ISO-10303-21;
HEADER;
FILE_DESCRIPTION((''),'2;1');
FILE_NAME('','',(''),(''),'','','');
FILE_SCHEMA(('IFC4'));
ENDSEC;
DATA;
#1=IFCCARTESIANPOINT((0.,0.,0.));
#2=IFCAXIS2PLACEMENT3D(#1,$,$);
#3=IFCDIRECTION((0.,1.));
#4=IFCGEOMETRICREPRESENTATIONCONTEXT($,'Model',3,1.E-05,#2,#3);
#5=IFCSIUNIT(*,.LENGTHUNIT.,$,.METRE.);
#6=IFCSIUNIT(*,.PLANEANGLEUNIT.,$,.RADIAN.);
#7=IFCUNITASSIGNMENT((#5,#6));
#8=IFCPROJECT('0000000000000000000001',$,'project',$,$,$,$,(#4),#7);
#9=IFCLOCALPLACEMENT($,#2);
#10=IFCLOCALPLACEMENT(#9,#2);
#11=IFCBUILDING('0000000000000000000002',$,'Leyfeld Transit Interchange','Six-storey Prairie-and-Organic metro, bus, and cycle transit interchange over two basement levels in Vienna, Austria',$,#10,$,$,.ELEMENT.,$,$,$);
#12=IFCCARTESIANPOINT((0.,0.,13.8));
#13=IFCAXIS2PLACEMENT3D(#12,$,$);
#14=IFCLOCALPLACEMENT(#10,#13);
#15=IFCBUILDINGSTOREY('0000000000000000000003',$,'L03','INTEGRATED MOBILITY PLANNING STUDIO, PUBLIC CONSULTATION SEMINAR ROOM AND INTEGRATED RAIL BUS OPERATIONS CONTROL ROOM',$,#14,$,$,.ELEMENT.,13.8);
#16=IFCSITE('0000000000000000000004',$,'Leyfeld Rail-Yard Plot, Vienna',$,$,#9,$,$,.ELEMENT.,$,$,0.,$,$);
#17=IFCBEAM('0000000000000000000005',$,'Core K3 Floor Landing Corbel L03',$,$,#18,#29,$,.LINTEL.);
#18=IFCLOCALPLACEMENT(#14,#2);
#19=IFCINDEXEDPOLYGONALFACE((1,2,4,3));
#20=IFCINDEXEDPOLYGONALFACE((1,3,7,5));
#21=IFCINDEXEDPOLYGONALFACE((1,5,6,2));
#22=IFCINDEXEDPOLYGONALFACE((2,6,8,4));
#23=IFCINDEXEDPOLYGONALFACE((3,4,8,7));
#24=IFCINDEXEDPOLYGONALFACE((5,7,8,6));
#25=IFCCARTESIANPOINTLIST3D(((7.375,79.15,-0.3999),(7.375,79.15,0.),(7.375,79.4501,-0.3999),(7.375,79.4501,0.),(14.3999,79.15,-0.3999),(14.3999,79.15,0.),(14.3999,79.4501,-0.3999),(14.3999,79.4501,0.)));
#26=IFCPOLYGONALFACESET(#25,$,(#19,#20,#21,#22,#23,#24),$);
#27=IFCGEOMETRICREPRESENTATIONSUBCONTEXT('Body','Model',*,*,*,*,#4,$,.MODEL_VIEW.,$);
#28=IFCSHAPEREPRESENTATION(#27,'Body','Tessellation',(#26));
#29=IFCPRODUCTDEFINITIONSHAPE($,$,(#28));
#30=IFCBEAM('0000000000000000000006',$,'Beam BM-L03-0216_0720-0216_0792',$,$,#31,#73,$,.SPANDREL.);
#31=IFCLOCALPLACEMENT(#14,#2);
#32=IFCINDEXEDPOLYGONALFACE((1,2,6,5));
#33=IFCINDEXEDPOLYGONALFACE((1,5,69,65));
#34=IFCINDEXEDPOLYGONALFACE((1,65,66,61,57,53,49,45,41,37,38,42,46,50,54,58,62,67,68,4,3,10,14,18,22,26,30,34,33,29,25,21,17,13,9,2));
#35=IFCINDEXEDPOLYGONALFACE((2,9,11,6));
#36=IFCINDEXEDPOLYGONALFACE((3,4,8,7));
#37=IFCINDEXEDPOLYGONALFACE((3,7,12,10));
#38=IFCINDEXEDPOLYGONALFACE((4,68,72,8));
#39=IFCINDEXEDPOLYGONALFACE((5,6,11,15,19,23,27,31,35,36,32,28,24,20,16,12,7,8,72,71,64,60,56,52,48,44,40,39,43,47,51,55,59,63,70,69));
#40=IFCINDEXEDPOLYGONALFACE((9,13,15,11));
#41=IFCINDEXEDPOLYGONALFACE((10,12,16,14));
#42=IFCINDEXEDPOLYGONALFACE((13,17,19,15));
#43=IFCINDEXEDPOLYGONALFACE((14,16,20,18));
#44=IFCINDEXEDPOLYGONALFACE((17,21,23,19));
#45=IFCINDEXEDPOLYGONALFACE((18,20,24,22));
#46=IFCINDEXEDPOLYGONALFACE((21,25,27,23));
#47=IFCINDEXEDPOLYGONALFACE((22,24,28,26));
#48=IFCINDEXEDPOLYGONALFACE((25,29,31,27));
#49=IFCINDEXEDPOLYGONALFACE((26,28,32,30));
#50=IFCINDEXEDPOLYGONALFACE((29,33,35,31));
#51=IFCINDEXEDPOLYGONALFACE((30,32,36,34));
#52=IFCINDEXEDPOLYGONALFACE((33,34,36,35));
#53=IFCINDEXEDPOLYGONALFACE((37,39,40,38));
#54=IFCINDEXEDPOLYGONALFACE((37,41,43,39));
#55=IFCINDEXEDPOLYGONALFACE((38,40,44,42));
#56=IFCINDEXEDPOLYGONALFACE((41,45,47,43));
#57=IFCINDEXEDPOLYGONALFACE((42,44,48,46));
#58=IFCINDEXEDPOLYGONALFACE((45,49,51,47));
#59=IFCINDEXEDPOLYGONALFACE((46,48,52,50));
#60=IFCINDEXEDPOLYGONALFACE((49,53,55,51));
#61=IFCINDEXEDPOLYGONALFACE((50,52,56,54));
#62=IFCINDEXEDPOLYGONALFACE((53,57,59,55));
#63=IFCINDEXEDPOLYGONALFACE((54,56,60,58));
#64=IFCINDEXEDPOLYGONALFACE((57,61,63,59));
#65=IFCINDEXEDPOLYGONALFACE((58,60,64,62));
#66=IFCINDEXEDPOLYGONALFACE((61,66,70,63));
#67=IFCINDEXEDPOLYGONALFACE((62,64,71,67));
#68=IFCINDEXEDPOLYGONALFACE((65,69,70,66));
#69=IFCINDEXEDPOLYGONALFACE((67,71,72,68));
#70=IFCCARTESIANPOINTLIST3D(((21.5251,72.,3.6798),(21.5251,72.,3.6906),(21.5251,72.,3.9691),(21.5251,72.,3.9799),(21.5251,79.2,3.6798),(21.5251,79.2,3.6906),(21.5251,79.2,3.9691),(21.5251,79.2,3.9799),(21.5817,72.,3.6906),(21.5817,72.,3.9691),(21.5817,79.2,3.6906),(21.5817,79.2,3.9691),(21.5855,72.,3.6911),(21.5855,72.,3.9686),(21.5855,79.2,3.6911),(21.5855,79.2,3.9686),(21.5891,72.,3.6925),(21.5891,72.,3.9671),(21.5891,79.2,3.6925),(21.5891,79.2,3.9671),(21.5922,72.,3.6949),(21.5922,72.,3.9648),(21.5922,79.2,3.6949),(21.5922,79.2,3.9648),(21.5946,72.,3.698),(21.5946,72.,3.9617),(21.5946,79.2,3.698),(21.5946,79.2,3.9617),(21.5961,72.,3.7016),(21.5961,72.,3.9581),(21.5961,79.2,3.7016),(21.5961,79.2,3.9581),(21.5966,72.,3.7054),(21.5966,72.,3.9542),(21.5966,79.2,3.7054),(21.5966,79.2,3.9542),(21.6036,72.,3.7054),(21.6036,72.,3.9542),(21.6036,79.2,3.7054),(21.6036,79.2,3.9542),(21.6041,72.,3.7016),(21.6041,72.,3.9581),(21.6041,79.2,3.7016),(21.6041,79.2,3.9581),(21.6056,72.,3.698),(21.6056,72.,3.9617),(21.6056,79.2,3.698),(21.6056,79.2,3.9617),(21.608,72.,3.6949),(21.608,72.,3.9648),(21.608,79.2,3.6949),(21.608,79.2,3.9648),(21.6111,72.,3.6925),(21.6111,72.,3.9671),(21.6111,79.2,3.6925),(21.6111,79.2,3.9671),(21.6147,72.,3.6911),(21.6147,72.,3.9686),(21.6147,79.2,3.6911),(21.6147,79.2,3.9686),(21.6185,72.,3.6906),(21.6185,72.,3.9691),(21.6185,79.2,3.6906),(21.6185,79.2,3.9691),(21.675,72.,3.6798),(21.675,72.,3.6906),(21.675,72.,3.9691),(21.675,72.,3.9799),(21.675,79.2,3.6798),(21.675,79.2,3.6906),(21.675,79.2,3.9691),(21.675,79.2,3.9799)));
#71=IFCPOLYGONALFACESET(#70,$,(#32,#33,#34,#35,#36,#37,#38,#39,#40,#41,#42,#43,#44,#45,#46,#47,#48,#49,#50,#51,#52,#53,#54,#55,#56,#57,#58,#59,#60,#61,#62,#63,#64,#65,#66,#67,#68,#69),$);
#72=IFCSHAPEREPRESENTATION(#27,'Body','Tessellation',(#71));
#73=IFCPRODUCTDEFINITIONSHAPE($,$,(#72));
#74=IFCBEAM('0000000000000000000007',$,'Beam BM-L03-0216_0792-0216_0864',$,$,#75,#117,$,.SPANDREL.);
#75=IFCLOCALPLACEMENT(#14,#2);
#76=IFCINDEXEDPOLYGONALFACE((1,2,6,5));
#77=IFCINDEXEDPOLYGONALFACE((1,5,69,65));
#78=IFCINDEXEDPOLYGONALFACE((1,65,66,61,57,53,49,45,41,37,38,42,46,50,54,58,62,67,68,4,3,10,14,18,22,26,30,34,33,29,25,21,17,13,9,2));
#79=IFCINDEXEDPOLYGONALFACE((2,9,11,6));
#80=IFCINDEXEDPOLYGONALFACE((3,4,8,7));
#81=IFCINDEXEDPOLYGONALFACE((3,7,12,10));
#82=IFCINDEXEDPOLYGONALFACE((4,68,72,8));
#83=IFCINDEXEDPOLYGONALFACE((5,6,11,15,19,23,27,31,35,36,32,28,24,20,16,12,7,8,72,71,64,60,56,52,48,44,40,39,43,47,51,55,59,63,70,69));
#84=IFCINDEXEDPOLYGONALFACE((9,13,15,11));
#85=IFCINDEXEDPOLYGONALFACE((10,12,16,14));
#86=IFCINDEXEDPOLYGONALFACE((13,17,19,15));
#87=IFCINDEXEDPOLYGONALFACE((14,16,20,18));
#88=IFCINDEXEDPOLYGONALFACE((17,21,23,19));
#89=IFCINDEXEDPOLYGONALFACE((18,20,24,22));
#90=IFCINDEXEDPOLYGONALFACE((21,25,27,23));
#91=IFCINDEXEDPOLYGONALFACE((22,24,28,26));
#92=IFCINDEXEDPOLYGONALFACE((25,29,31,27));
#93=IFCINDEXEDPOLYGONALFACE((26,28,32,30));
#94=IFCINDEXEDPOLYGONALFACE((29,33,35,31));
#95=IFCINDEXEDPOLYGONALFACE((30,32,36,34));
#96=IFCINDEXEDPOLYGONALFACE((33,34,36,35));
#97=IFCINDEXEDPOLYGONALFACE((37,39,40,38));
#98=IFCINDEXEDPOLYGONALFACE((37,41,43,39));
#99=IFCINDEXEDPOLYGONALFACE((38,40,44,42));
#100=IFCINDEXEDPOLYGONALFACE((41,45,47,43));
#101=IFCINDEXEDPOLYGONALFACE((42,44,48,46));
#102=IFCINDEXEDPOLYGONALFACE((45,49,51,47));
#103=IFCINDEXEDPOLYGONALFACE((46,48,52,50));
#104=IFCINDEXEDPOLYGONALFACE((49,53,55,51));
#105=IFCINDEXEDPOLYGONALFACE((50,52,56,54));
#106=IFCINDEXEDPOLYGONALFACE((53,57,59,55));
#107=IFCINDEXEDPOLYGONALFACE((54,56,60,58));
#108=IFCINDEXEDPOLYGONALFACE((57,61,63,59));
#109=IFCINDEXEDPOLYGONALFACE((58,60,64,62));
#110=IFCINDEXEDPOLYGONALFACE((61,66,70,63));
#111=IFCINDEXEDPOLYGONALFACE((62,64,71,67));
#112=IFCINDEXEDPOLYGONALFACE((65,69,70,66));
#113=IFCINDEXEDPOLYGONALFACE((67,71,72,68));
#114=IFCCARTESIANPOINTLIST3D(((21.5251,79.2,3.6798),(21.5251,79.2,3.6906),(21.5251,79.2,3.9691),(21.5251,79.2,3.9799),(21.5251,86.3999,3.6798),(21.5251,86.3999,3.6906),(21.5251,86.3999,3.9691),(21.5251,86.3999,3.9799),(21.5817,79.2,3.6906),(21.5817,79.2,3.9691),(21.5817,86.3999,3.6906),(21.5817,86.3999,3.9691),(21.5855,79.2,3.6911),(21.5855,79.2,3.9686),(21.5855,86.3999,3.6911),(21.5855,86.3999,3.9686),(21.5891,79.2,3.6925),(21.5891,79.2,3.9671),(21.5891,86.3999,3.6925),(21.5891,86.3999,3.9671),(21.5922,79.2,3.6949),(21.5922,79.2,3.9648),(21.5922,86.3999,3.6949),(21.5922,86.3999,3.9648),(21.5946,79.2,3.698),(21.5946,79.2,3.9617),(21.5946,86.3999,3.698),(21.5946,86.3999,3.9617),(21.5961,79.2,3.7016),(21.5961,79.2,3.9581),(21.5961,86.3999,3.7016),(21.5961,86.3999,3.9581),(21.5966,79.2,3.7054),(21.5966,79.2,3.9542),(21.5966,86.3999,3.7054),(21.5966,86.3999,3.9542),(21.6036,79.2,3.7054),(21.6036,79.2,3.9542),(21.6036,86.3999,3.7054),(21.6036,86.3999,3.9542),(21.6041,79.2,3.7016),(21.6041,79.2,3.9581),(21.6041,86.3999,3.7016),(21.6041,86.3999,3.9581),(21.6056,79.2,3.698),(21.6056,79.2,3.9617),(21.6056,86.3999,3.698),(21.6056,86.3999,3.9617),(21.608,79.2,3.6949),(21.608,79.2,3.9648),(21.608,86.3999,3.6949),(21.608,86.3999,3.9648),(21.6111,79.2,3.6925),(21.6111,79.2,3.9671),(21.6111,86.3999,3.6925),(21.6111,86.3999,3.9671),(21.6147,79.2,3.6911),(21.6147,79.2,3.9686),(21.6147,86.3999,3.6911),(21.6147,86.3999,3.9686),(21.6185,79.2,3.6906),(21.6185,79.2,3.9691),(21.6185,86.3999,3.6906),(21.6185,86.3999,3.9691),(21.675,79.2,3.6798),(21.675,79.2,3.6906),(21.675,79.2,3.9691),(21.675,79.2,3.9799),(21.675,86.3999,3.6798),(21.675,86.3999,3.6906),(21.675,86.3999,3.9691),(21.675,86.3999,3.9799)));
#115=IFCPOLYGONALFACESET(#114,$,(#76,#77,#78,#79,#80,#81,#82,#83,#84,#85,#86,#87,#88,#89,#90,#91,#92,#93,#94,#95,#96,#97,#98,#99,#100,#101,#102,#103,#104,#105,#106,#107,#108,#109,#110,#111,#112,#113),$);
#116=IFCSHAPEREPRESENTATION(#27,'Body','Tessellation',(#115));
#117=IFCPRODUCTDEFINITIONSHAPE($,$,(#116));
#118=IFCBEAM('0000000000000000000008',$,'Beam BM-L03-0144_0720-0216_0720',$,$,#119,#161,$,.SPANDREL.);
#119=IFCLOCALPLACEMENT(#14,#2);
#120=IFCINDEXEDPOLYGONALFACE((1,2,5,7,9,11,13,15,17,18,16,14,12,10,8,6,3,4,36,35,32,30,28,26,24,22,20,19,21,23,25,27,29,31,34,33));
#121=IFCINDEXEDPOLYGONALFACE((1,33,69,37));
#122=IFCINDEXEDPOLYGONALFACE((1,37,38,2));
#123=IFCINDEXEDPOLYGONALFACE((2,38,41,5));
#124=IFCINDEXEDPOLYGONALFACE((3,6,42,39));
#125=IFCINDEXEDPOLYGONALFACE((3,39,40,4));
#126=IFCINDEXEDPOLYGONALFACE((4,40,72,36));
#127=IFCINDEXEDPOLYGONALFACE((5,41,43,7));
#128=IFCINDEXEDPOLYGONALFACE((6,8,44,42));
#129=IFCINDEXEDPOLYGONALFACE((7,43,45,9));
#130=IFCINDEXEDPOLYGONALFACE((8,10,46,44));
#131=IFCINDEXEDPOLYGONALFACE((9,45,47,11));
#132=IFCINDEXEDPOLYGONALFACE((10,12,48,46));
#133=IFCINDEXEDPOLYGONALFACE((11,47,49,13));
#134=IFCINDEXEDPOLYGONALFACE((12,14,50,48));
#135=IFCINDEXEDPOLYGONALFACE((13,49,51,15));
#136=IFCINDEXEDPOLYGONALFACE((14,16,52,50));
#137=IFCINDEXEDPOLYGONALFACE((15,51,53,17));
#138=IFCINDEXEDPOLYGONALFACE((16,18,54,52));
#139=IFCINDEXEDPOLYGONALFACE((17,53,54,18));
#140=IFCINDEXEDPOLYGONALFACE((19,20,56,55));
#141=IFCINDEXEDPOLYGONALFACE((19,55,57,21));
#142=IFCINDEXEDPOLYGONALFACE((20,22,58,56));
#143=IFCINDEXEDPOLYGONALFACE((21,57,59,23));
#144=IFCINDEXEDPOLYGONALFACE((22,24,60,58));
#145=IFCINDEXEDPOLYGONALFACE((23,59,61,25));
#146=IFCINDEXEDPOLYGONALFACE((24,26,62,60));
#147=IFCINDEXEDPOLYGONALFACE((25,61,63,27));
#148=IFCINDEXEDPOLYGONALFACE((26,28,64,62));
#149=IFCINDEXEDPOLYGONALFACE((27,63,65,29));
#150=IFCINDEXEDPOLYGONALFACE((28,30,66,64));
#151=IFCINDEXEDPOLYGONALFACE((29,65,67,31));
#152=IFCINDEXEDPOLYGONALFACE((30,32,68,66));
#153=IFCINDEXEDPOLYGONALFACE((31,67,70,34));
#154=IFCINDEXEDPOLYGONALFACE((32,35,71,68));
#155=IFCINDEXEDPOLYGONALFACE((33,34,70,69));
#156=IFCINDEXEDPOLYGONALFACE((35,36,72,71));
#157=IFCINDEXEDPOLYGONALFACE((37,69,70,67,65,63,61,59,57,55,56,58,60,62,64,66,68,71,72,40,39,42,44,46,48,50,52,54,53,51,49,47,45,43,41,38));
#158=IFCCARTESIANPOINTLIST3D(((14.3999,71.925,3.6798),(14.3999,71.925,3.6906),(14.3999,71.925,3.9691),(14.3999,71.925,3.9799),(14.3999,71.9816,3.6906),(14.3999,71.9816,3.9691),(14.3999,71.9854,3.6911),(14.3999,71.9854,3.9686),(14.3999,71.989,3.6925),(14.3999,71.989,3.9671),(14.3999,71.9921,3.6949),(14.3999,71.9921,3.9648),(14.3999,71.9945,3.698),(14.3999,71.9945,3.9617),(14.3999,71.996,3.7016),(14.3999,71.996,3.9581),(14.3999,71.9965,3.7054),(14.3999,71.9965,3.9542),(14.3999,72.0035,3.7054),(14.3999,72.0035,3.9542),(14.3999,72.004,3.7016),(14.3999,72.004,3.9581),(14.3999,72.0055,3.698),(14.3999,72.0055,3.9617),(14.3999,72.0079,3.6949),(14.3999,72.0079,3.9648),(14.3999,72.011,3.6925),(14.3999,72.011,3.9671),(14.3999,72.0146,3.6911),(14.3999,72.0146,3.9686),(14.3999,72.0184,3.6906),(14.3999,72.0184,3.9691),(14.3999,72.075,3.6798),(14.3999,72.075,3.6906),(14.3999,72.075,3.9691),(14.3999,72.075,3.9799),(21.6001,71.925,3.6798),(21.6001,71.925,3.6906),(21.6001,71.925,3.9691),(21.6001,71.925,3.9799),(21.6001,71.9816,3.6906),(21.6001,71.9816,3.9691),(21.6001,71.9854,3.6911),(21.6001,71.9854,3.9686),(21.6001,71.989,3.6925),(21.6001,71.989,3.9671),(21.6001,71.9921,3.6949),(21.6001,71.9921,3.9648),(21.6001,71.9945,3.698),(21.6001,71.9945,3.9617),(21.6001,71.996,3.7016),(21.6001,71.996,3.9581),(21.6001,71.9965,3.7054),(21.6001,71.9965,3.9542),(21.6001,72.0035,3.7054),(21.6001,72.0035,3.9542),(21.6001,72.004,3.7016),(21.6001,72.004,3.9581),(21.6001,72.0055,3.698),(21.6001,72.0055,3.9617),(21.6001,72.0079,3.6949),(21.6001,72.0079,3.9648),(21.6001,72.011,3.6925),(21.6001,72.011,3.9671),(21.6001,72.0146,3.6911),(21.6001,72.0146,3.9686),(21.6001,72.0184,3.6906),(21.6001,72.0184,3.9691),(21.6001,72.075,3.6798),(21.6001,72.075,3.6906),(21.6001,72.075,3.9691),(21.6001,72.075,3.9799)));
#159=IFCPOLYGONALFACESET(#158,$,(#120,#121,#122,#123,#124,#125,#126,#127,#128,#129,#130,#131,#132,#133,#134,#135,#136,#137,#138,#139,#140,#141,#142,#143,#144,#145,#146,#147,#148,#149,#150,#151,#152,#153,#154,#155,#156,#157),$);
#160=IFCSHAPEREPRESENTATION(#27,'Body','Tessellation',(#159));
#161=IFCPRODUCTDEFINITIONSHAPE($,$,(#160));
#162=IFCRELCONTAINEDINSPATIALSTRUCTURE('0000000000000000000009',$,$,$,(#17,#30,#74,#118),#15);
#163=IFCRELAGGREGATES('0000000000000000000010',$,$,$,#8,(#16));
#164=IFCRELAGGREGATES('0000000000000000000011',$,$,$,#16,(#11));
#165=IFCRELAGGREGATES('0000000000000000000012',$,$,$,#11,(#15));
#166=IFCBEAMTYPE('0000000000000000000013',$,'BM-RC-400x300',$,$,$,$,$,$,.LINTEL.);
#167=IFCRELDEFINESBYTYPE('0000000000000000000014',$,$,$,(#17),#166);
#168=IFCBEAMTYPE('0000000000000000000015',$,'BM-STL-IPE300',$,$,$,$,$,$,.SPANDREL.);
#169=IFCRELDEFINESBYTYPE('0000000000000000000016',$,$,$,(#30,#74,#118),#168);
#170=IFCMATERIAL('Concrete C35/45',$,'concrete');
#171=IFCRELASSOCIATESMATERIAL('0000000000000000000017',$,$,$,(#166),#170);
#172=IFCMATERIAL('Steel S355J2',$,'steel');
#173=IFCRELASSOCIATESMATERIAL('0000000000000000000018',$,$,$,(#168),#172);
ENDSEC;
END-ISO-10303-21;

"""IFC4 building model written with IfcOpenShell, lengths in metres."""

from ifc_helpers import new_model, si_unit, direction, frame, origin, origin_2d, place, context, subcontext, project, spatial, rectangle, i_section, extrude, material, material_profile, profile_set, type_object, element, save


model = new_model("IFC4")

# Units and contexts
model_context = context("Model", 3, precision=1e-05, world=origin(), true_north=direction((0.0, 1.0)))
body_context = subcontext(model_context, "Body", "Model", "MODEL_VIEW")
ifc_project = project(units=[si_unit("LENGTHUNIT", "METRE"), si_unit("PLANEANGLEUNIT", "RADIAN")], contexts=[model_context])

# Site, building, storey
site_placement = place(None, origin())
site = spatial("IfcSite", under=ifc_project, at=site_placement, Name="Leyfeld Rail-Yard Plot, Vienna", CompositionType="ELEMENT", RefElevation=0.0)
building_placement = place(site_placement, origin())
building = spatial("IfcBuilding", under=site, at=building_placement, Name="Leyfeld Transit Interchange", Description="Six-storey Prairie-and-Organic metro, bus, and cycle transit interchange over two basement levels in Vienna, Austria", CompositionType="ELEMENT")
storey_placement = place(building_placement, frame((0.0, 0.0, 13.8)))
storey = spatial("IfcBuildingStorey", under=building, at=storey_placement, Name="L03", Description="INTEGRATED MOBILITY PLANNING STUDIO, PUBLIC CONSULTATION SEMINAR ROOM AND INTEGRATED RAIL BUS OPERATIONS CONTROL ROOM", CompositionType="ELEMENT", Elevation=13.8)

# Shared definitions
ifc_material_1 = material(Name="Steel S355J2", Category="steel")

# Beams
ifc_material_2 = material(Name="Concrete C35/45", Category="concrete")
ifc_material_profile_1 = material_profile(ifc_material_2, rectangle(XDim=0.3, YDim=0.3999, at=origin_2d()), Name="RC 400x300")
ifc_profile_set_1 = profile_set([ifc_material_profile_1], Name="Concrete C35/45")
beam_type_1 = type_object("IfcBeamType", Name="BM-RC-400x300", PredefinedType="LINTEL", material=ifc_profile_set_1)
beam_1_placement = place(storey_placement, frame((7.375, 79.3, -0.2), z_axis=(1.0, 0.0, 0.0), x_axis=(0.0, 1.0, 0.0)))
element("IfcBeam", 1, at=beam_1_placement, inside=storey, type_object=beam_type_1, Name="Core K3 Floor Landing Corbel L03", PredefinedType="LINTEL", context=body_context, shape_type="SweptSolid", body=[
    extrude(rectangle(XDim=0.3, YDim=0.3999, at=origin_2d()), origin(), (0.0, 0.0, 1.0), 7.0249),
])
ifc_material_profile_2 = material_profile(ifc_material_1, i_section(OverallWidth=0.1499, OverallDepth=0.3, WebThickness=0.0071, FlangeThickness=0.0107, FilletRadius=0.0149, at=origin_2d()), Name="IPE 300")
ifc_profile_set_2 = profile_set([ifc_material_profile_2], Name="Steel S355J2")
beam_type_2 = type_object("IfcBeamType", Name="BM-STL-IPE300", PredefinedType="SPANDREL", material=ifc_profile_set_2)
for number, where, z_axis, x_axis, name in (
    (2, (21.6001, 72.0, 3.8298), (0.0, 1.0, 0.0), (-1.0, 0.0, 0.0), "Beam BM-L03-0216_0720-0216_0792"),
    (3, (21.6001, 79.2, 3.8298), (0.0, 1.0, 0.0), (-1.0, 0.0, 0.0), "Beam BM-L03-0216_0792-0216_0864"),
):
    element("IfcBeam", number, at=place(storey_placement, frame(where, z_axis=z_axis, x_axis=x_axis)), inside=storey, type_object=beam_type_2, Name=name, PredefinedType="SPANDREL", context=body_context, shape_type="SweptSolid", body=[
        extrude(i_section(OverallWidth=0.1499, OverallDepth=0.3, WebThickness=0.0071, FlangeThickness=0.0107, FilletRadius=0.0149, at=origin_2d()), origin(), (0.0, 0.0, 1.0), 7.2),
    ])
beam_2_placement = place(storey_placement, frame((14.3999, 72.0, 3.8298), z_axis=(1.0, 0.0, 0.0), x_axis=(0.0, 1.0, 0.0)))
element("IfcBeam", 4, at=beam_2_placement, inside=storey, type_object=beam_type_2, Name="Beam BM-L03-0144_0720-0216_0720", PredefinedType="SPANDREL", context=body_context, shape_type="SweptSolid", body=[
    extrude(i_section(OverallWidth=0.1499, OverallDepth=0.3, WebThickness=0.0071, FlangeThickness=0.0107, FilletRadius=0.0149, at=origin_2d()), origin(), (0.0, 0.0, 1.0), 7.2002),
])

save(model, "model.ifc")
